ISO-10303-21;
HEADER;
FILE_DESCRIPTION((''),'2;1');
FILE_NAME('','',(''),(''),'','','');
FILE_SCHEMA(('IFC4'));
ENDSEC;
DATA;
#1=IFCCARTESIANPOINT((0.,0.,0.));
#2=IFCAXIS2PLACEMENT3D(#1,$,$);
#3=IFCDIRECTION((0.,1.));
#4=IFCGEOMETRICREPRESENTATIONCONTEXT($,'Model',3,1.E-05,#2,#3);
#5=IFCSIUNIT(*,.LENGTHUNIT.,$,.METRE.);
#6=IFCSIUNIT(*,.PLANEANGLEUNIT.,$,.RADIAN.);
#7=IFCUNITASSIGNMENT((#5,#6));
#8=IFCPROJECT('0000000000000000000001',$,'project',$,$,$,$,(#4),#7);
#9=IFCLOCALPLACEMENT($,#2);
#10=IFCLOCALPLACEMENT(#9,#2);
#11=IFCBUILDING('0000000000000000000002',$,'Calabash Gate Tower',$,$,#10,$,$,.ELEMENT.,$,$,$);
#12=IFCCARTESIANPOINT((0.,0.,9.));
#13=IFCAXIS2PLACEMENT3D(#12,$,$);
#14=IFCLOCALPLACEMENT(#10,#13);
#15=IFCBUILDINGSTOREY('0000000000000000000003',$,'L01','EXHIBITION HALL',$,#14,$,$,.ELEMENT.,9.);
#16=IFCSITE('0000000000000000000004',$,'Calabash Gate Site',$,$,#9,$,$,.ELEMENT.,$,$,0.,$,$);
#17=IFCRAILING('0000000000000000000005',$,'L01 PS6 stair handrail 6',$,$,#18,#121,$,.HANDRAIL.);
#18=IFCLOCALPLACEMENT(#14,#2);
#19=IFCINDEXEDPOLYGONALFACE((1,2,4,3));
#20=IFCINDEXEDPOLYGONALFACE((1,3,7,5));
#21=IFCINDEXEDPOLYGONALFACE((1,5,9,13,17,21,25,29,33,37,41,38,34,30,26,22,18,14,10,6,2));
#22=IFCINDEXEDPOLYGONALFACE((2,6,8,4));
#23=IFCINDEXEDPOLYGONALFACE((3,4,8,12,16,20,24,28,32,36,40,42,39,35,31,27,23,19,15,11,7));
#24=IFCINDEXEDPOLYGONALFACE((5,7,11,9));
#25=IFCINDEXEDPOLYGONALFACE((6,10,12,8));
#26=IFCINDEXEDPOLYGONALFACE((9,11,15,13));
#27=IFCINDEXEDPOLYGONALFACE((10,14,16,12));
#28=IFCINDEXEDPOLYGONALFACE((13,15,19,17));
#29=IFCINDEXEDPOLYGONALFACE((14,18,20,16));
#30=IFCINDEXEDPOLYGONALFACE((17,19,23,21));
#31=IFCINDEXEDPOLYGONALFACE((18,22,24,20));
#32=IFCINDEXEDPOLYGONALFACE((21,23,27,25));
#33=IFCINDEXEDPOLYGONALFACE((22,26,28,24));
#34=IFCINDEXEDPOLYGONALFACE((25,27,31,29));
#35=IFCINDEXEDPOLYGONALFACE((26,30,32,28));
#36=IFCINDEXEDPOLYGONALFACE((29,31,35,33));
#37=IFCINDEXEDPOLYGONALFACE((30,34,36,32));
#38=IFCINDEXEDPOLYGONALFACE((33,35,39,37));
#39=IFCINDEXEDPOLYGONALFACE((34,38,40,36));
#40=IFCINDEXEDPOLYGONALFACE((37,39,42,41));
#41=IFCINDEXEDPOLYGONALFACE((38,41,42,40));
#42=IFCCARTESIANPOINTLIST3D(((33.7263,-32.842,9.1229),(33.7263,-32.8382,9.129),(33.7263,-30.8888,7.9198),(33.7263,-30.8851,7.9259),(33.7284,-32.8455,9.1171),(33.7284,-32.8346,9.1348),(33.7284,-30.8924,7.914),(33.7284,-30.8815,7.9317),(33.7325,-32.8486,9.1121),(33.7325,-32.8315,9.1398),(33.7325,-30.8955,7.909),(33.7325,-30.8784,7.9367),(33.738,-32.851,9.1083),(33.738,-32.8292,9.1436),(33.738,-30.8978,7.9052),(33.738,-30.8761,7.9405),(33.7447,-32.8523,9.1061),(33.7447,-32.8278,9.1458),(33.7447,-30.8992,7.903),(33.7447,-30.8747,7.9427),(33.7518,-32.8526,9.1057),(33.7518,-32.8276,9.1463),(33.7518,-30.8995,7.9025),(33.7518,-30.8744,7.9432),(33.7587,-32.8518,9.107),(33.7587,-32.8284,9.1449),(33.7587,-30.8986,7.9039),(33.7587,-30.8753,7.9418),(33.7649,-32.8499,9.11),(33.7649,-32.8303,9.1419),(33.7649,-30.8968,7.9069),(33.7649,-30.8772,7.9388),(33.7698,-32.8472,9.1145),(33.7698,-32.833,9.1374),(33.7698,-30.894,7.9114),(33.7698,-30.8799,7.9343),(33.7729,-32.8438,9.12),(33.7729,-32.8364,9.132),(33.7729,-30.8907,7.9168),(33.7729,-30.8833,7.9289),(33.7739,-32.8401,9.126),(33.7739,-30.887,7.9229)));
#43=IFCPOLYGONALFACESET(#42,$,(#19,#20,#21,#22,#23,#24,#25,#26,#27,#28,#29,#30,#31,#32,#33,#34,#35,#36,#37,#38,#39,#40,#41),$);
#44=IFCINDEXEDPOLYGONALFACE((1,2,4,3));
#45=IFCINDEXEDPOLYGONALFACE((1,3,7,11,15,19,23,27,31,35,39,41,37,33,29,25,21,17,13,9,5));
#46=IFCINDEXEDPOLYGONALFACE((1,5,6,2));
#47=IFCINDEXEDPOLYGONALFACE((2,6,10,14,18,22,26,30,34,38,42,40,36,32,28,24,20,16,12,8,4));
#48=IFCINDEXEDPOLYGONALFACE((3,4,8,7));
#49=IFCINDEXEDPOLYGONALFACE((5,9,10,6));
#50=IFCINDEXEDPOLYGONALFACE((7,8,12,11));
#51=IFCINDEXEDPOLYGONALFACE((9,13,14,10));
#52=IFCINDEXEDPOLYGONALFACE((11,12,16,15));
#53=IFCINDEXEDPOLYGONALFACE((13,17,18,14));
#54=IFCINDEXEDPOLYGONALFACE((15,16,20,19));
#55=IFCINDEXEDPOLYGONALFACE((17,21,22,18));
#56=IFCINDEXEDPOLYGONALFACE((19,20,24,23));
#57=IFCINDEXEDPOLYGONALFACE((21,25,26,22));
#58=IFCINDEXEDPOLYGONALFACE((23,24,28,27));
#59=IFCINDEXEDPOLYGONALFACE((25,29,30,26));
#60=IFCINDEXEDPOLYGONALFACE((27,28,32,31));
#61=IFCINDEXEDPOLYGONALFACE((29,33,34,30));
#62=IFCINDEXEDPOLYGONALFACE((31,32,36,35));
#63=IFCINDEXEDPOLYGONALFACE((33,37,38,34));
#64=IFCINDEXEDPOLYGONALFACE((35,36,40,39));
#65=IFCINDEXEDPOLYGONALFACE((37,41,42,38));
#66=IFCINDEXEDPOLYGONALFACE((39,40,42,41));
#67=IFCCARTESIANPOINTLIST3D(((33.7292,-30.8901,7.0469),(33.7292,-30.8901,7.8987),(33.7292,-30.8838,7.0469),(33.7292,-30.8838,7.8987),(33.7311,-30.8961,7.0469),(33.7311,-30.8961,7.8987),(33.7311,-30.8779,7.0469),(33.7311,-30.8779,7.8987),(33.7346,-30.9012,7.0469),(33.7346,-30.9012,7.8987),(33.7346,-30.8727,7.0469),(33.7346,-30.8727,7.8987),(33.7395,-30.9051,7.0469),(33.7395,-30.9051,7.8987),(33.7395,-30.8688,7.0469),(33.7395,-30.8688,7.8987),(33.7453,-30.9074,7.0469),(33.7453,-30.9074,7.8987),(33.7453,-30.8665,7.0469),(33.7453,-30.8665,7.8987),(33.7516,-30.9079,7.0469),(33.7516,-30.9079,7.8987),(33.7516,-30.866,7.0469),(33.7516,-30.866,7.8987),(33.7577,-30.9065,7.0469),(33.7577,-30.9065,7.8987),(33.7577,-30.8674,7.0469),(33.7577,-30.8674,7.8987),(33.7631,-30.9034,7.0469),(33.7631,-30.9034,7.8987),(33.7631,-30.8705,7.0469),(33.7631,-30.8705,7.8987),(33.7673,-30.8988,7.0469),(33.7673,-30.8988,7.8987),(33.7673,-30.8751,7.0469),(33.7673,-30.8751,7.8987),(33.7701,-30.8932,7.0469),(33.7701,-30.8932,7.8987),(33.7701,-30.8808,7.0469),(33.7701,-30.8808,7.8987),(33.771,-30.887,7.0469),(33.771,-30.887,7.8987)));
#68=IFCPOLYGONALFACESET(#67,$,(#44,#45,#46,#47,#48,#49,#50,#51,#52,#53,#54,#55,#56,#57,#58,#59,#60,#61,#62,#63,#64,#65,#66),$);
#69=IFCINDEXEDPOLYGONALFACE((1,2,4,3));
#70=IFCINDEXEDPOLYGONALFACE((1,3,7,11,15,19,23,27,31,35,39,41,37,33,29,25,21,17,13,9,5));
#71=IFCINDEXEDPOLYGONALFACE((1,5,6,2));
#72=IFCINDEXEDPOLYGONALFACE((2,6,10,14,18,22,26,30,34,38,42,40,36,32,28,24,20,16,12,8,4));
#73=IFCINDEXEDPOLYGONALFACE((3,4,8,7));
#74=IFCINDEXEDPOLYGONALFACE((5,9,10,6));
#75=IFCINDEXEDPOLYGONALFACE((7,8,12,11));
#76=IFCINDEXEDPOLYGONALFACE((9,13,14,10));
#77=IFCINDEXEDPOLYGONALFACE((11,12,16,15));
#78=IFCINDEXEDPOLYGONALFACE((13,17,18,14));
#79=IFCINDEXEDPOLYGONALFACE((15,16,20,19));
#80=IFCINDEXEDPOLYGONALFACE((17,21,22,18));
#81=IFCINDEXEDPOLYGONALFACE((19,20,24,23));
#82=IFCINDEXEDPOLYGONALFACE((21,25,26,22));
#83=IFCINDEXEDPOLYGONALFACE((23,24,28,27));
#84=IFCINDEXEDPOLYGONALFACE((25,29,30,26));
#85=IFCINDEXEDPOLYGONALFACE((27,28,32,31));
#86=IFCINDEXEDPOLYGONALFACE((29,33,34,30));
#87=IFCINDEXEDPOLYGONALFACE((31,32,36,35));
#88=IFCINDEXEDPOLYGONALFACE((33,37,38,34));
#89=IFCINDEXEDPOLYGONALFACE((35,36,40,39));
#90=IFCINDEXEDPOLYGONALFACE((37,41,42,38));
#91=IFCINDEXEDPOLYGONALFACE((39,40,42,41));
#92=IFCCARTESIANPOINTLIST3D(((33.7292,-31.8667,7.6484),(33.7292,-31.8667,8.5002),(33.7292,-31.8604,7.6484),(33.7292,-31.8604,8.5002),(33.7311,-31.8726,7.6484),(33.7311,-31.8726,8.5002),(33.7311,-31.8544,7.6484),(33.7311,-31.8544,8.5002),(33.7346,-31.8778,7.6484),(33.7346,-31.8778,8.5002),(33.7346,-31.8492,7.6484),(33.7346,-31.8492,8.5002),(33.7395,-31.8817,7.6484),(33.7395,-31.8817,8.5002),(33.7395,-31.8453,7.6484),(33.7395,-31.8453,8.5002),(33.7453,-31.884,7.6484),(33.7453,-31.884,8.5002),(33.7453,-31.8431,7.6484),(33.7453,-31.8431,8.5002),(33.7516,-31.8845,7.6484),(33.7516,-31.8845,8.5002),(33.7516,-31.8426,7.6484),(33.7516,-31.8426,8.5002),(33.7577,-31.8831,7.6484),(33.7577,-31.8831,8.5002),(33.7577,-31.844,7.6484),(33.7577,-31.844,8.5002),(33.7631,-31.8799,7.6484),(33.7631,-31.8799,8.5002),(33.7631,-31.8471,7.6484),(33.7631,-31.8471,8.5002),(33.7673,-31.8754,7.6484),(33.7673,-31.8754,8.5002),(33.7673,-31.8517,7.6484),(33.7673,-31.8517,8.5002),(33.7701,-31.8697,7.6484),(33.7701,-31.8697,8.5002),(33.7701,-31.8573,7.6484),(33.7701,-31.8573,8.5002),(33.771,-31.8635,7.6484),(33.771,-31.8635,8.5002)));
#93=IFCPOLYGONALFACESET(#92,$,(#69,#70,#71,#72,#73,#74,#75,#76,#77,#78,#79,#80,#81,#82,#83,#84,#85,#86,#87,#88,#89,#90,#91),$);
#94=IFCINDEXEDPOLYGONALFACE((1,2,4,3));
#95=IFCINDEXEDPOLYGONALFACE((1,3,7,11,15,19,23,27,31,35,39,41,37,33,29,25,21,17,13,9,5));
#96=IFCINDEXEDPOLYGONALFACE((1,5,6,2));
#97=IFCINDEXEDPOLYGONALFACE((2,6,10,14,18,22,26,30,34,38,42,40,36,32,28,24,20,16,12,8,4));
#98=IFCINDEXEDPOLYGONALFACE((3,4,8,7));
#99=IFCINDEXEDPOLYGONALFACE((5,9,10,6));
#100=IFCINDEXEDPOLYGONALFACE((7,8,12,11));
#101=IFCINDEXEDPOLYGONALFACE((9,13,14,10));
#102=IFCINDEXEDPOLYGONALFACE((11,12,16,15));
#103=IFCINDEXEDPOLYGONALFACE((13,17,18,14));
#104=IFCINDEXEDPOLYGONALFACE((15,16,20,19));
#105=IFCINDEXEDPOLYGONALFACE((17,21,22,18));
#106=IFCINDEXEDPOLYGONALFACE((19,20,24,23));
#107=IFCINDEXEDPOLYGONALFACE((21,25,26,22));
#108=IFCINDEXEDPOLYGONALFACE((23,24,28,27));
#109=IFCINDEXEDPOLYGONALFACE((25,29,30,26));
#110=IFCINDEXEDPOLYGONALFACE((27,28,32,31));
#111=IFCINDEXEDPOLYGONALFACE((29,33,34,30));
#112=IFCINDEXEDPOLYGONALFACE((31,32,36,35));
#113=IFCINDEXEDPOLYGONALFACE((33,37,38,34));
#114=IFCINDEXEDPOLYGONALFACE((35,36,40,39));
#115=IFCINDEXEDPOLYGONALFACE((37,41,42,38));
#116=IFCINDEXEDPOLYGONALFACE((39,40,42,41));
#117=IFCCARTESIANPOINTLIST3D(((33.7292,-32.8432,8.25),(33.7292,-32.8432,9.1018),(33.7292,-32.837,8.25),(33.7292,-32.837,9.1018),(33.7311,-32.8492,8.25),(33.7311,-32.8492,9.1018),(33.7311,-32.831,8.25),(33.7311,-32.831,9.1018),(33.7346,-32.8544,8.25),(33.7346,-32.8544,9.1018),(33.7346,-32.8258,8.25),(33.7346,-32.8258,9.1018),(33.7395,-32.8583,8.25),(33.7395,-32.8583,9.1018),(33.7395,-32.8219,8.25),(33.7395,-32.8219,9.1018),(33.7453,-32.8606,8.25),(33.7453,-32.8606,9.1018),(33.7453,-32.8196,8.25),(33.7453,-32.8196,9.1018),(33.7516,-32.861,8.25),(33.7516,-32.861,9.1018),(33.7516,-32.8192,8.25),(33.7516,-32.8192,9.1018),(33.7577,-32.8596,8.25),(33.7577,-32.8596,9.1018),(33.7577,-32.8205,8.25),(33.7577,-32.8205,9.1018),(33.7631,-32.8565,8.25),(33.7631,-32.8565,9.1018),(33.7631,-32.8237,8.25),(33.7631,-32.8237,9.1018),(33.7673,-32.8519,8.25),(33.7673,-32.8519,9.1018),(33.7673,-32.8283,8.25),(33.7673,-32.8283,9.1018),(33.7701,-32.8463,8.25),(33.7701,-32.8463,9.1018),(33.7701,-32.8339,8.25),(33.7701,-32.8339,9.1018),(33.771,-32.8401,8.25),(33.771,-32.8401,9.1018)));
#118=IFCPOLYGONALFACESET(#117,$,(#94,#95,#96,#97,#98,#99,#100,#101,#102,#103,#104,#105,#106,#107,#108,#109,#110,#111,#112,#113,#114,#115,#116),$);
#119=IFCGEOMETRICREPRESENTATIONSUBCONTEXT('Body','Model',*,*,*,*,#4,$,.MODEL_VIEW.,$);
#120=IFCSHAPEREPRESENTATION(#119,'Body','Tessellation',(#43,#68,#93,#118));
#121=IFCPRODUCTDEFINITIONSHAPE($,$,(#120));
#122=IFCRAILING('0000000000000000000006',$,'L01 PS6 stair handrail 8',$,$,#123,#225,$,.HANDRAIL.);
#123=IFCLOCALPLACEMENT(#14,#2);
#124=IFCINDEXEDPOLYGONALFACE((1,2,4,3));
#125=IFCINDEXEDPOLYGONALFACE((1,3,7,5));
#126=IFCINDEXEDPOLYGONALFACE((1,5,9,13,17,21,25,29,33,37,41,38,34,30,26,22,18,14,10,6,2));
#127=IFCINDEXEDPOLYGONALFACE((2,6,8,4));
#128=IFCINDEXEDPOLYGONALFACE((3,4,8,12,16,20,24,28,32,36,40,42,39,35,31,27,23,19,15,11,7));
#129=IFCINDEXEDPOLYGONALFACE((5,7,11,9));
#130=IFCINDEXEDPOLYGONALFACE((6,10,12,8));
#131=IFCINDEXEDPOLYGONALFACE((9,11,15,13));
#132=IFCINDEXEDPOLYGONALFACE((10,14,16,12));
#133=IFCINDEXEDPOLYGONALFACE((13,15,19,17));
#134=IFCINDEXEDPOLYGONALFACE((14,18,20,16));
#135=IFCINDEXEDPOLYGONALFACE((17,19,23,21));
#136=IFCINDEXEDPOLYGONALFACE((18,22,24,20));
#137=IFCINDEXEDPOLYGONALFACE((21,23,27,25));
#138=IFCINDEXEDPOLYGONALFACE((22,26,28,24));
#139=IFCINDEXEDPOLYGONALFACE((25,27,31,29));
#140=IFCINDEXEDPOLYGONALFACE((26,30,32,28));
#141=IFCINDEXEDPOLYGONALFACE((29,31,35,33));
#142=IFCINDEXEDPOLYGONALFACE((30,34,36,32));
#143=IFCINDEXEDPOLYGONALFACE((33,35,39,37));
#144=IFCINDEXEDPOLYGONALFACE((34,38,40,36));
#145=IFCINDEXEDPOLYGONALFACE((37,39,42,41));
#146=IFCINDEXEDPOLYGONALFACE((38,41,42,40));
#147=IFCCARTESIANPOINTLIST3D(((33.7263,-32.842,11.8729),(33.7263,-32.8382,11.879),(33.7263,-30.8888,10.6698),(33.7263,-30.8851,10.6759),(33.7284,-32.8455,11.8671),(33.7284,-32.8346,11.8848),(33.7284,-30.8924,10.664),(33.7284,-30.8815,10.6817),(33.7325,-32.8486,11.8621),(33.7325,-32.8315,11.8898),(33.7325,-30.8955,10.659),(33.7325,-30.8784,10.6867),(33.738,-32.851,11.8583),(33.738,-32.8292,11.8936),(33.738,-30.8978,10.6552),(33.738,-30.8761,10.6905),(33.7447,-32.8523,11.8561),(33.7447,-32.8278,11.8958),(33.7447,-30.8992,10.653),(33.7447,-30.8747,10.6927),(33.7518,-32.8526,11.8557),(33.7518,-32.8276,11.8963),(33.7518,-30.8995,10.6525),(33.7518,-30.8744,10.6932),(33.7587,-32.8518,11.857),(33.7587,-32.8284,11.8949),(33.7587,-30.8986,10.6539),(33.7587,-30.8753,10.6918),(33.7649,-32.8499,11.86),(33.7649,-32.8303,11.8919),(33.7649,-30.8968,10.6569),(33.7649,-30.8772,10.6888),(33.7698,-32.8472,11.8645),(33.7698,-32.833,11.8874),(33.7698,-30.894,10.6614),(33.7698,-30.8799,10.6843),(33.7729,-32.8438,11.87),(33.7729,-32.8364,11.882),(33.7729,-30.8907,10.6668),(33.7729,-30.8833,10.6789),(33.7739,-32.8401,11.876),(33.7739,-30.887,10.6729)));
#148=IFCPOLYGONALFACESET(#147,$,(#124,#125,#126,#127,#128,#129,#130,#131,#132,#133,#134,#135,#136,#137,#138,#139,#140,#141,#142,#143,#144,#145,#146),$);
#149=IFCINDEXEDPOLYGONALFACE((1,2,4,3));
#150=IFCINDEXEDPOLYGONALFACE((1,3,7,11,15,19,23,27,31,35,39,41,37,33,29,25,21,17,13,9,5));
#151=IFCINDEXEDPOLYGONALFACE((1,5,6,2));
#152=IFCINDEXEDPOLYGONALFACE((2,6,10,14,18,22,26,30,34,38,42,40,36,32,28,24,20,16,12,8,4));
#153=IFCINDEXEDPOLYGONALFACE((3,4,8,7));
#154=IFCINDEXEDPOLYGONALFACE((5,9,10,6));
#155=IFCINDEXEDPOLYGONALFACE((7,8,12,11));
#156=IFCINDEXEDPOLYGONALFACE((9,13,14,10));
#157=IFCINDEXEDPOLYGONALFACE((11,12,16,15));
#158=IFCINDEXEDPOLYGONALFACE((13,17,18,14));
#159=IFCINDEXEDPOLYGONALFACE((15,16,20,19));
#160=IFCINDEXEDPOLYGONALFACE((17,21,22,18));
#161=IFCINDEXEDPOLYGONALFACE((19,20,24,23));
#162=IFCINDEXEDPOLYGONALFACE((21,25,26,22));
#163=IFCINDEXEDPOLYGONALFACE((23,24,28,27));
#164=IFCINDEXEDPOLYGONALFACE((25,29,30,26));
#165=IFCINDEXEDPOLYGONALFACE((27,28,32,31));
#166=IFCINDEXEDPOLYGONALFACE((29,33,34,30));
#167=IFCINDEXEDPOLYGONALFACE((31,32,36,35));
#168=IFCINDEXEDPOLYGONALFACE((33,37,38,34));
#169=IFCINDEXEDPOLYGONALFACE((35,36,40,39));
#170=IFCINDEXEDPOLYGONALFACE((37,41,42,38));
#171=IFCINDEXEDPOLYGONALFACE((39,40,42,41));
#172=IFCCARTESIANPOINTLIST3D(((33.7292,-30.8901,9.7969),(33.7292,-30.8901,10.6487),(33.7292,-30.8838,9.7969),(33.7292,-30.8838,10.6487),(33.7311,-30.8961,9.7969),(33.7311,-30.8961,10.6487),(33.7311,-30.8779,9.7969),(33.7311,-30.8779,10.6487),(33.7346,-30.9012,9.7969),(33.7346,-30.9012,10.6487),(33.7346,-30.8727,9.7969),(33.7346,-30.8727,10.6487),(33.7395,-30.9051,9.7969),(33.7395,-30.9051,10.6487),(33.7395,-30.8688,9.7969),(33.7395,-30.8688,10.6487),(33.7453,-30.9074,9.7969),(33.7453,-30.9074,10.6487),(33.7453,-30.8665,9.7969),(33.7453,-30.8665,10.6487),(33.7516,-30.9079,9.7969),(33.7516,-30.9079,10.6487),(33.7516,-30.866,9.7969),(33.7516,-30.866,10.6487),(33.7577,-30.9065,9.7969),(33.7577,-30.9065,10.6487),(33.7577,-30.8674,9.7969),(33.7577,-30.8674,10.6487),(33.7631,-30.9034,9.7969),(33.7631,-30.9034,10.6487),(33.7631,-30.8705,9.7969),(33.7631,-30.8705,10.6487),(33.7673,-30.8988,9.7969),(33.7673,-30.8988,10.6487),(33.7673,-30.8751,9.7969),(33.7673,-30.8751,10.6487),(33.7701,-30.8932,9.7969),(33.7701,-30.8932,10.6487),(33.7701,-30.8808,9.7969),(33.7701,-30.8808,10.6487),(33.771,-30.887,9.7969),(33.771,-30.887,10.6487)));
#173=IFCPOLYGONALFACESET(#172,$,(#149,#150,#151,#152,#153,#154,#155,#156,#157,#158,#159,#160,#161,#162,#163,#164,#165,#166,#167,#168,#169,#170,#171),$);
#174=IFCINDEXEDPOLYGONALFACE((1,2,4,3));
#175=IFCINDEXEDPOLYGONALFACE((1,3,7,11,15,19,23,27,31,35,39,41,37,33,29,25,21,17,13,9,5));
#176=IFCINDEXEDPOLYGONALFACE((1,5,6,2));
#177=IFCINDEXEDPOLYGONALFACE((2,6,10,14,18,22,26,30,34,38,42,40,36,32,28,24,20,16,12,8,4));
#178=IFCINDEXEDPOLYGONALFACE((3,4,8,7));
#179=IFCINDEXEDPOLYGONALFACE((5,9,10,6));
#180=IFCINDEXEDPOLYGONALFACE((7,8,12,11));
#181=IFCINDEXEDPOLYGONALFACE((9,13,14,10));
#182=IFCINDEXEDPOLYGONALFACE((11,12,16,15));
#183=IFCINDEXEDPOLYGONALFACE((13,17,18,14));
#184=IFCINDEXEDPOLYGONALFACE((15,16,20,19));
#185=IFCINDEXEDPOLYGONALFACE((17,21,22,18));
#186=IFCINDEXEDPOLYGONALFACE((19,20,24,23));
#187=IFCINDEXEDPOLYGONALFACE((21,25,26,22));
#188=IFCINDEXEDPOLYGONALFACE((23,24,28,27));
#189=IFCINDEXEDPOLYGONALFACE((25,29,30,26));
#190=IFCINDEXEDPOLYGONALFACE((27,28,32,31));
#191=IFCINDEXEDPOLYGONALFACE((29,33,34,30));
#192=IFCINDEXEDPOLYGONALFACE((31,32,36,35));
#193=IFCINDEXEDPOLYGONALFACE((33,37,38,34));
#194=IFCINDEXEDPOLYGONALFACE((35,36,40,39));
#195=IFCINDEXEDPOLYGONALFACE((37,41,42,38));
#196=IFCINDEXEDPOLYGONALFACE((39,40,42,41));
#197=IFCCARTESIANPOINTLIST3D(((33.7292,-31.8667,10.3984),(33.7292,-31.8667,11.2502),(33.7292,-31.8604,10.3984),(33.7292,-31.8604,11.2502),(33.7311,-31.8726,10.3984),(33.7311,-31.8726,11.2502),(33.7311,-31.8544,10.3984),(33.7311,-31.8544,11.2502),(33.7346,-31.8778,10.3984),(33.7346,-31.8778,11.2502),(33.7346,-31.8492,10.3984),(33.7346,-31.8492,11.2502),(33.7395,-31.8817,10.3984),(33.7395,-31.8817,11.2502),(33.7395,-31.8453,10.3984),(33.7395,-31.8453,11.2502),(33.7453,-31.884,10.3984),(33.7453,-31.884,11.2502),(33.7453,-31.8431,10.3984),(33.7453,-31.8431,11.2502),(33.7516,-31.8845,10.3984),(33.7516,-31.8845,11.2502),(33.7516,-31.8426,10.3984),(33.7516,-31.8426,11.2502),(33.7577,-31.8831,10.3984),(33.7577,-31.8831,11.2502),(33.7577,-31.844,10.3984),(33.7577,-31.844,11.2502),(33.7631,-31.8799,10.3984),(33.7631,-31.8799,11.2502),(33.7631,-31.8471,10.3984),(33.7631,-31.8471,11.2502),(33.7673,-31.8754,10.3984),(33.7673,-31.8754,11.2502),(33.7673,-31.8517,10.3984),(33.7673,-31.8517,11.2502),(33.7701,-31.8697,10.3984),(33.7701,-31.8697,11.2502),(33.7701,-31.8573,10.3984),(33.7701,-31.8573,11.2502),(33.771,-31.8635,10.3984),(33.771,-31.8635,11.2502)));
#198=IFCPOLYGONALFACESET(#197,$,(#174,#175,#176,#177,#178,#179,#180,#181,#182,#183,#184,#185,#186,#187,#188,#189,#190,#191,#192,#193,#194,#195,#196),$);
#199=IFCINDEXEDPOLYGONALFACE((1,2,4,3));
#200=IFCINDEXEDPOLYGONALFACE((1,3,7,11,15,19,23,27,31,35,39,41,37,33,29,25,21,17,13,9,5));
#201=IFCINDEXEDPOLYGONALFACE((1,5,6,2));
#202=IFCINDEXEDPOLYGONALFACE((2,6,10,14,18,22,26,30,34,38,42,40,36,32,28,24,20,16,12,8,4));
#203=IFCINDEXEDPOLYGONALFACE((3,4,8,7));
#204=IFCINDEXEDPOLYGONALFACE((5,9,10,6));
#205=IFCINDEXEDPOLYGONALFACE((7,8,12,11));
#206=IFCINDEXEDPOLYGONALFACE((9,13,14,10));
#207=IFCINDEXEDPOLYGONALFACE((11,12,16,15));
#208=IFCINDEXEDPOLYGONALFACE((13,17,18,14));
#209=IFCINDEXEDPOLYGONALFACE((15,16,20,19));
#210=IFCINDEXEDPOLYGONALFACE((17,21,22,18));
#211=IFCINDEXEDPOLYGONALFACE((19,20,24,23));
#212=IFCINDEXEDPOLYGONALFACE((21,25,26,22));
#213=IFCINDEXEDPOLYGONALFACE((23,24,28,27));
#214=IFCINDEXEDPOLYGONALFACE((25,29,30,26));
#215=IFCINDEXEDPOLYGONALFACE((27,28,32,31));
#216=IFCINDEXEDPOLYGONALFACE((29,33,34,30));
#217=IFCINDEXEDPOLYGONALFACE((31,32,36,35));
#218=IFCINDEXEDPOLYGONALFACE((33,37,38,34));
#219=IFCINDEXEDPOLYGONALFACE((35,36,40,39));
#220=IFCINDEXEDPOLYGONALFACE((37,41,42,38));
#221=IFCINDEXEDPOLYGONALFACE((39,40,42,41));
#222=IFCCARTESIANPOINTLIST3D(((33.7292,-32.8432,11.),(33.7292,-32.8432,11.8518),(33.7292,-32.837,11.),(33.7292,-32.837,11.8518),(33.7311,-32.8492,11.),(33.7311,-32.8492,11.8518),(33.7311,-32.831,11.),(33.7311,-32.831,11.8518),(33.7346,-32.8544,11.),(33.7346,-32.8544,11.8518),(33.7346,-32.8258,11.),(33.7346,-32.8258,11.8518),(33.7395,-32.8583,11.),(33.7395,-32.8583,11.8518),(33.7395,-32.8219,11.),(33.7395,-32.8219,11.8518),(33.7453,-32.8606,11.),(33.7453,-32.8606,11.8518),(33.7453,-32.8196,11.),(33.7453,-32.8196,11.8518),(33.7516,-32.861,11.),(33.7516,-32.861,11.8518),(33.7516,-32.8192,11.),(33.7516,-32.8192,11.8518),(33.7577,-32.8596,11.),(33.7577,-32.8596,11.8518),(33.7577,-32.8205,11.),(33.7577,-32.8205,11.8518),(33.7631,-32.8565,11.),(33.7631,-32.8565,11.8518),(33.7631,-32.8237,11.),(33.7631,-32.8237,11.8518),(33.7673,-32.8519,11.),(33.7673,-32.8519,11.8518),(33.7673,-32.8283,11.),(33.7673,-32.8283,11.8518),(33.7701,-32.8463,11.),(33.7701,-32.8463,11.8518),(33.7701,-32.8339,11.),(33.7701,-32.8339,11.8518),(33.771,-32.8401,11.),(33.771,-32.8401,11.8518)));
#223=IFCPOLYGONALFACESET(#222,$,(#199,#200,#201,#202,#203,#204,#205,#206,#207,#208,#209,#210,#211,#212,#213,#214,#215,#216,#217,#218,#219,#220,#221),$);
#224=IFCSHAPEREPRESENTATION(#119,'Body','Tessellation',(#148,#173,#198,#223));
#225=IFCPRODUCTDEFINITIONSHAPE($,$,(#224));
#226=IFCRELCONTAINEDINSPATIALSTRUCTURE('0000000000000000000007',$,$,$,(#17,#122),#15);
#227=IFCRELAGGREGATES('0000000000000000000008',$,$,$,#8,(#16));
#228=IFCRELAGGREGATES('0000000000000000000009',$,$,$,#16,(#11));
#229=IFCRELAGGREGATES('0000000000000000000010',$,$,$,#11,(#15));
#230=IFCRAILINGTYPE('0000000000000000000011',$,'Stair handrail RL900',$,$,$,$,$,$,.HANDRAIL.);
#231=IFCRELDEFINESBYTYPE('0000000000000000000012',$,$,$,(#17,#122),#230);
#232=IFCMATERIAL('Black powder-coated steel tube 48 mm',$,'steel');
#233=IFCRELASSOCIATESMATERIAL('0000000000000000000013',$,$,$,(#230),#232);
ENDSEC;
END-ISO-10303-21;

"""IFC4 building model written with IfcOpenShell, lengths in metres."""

from ifc_helpers import new_model, si_unit, direction, frame, origin, origin_2d, place, context, subcontext, project, spatial, circle, extrude, material, type_object, element, save


model = new_model("IFC4")

# Units and contexts
model_context = context("Model", 3, precision=1e-05, world=origin(), true_north=direction((0.0, 1.0)))
body_context = subcontext(model_context, "Body", "Model", "MODEL_VIEW")
ifc_project = project(units=[si_unit("LENGTHUNIT", "METRE"), si_unit("PLANEANGLEUNIT", "RADIAN")], contexts=[model_context])

# Site, building, storey
site_placement = place(None, origin())
site = spatial("IfcSite", under=ifc_project, at=site_placement, Name="Calabash Gate Site", CompositionType="ELEMENT", RefElevation=0.0)
building_placement = place(site_placement, origin())
building = spatial("IfcBuilding", under=site, at=building_placement, Name="Calabash Gate Tower", CompositionType="ELEMENT")
storey_placement = place(building_placement, frame((0.0, 0.0, 9.0)))
storey = spatial("IfcBuildingStorey", under=building, at=storey_placement, Name="L01", Description="EXHIBITION HALL", CompositionType="ELEMENT", Elevation=9.0)

# Railings
ifc_material_1 = material(Name="Black powder-coated steel tube 48 mm", Category="steel")
railing_type_1 = type_object("IfcRailingType", Name="Stair handrail RL900", PredefinedType="HANDRAIL", material=ifc_material_1)
for number, where, name in (
    (1, (33.75, -30.887, 7.0469), "L01 PS6 stair handrail 6"),
    (2, (33.75, -30.887, 9.7969), "L01 PS6 stair handrail 8"),
):
    element("IfcRailing", number, at=place(storey_placement, frame(where)), inside=storey, type_object=railing_type_1, Name=name, PredefinedType="HANDRAIL", context=body_context, shape_type="SweptSolid", body=[
        extrude(circle(Radius=0.0239, at=origin_2d()), frame((0.0, 0.0, 0.876), z_axis=(0.0, -0.851424, 0.524477), x_axis=(1.0, 0.0, 0.0)), (0.0, 0.0, 1.0), 2.2939),
        extrude(circle(Radius=0.021, at=origin_2d()), origin(), (0.0, 0.0, 1.0), 0.8518),
        extrude(circle(Radius=0.021, at=origin_2d()), frame((0.0, -0.9766, 0.6016)), (0.0, 0.0, 1.0), 0.8518),
        extrude(circle(Radius=0.021, at=origin_2d()), frame((0.0, -1.9531, 1.2031)), (0.0, 0.0, 1.0), 0.8518),
    ])

save(model, "model.ifc")
